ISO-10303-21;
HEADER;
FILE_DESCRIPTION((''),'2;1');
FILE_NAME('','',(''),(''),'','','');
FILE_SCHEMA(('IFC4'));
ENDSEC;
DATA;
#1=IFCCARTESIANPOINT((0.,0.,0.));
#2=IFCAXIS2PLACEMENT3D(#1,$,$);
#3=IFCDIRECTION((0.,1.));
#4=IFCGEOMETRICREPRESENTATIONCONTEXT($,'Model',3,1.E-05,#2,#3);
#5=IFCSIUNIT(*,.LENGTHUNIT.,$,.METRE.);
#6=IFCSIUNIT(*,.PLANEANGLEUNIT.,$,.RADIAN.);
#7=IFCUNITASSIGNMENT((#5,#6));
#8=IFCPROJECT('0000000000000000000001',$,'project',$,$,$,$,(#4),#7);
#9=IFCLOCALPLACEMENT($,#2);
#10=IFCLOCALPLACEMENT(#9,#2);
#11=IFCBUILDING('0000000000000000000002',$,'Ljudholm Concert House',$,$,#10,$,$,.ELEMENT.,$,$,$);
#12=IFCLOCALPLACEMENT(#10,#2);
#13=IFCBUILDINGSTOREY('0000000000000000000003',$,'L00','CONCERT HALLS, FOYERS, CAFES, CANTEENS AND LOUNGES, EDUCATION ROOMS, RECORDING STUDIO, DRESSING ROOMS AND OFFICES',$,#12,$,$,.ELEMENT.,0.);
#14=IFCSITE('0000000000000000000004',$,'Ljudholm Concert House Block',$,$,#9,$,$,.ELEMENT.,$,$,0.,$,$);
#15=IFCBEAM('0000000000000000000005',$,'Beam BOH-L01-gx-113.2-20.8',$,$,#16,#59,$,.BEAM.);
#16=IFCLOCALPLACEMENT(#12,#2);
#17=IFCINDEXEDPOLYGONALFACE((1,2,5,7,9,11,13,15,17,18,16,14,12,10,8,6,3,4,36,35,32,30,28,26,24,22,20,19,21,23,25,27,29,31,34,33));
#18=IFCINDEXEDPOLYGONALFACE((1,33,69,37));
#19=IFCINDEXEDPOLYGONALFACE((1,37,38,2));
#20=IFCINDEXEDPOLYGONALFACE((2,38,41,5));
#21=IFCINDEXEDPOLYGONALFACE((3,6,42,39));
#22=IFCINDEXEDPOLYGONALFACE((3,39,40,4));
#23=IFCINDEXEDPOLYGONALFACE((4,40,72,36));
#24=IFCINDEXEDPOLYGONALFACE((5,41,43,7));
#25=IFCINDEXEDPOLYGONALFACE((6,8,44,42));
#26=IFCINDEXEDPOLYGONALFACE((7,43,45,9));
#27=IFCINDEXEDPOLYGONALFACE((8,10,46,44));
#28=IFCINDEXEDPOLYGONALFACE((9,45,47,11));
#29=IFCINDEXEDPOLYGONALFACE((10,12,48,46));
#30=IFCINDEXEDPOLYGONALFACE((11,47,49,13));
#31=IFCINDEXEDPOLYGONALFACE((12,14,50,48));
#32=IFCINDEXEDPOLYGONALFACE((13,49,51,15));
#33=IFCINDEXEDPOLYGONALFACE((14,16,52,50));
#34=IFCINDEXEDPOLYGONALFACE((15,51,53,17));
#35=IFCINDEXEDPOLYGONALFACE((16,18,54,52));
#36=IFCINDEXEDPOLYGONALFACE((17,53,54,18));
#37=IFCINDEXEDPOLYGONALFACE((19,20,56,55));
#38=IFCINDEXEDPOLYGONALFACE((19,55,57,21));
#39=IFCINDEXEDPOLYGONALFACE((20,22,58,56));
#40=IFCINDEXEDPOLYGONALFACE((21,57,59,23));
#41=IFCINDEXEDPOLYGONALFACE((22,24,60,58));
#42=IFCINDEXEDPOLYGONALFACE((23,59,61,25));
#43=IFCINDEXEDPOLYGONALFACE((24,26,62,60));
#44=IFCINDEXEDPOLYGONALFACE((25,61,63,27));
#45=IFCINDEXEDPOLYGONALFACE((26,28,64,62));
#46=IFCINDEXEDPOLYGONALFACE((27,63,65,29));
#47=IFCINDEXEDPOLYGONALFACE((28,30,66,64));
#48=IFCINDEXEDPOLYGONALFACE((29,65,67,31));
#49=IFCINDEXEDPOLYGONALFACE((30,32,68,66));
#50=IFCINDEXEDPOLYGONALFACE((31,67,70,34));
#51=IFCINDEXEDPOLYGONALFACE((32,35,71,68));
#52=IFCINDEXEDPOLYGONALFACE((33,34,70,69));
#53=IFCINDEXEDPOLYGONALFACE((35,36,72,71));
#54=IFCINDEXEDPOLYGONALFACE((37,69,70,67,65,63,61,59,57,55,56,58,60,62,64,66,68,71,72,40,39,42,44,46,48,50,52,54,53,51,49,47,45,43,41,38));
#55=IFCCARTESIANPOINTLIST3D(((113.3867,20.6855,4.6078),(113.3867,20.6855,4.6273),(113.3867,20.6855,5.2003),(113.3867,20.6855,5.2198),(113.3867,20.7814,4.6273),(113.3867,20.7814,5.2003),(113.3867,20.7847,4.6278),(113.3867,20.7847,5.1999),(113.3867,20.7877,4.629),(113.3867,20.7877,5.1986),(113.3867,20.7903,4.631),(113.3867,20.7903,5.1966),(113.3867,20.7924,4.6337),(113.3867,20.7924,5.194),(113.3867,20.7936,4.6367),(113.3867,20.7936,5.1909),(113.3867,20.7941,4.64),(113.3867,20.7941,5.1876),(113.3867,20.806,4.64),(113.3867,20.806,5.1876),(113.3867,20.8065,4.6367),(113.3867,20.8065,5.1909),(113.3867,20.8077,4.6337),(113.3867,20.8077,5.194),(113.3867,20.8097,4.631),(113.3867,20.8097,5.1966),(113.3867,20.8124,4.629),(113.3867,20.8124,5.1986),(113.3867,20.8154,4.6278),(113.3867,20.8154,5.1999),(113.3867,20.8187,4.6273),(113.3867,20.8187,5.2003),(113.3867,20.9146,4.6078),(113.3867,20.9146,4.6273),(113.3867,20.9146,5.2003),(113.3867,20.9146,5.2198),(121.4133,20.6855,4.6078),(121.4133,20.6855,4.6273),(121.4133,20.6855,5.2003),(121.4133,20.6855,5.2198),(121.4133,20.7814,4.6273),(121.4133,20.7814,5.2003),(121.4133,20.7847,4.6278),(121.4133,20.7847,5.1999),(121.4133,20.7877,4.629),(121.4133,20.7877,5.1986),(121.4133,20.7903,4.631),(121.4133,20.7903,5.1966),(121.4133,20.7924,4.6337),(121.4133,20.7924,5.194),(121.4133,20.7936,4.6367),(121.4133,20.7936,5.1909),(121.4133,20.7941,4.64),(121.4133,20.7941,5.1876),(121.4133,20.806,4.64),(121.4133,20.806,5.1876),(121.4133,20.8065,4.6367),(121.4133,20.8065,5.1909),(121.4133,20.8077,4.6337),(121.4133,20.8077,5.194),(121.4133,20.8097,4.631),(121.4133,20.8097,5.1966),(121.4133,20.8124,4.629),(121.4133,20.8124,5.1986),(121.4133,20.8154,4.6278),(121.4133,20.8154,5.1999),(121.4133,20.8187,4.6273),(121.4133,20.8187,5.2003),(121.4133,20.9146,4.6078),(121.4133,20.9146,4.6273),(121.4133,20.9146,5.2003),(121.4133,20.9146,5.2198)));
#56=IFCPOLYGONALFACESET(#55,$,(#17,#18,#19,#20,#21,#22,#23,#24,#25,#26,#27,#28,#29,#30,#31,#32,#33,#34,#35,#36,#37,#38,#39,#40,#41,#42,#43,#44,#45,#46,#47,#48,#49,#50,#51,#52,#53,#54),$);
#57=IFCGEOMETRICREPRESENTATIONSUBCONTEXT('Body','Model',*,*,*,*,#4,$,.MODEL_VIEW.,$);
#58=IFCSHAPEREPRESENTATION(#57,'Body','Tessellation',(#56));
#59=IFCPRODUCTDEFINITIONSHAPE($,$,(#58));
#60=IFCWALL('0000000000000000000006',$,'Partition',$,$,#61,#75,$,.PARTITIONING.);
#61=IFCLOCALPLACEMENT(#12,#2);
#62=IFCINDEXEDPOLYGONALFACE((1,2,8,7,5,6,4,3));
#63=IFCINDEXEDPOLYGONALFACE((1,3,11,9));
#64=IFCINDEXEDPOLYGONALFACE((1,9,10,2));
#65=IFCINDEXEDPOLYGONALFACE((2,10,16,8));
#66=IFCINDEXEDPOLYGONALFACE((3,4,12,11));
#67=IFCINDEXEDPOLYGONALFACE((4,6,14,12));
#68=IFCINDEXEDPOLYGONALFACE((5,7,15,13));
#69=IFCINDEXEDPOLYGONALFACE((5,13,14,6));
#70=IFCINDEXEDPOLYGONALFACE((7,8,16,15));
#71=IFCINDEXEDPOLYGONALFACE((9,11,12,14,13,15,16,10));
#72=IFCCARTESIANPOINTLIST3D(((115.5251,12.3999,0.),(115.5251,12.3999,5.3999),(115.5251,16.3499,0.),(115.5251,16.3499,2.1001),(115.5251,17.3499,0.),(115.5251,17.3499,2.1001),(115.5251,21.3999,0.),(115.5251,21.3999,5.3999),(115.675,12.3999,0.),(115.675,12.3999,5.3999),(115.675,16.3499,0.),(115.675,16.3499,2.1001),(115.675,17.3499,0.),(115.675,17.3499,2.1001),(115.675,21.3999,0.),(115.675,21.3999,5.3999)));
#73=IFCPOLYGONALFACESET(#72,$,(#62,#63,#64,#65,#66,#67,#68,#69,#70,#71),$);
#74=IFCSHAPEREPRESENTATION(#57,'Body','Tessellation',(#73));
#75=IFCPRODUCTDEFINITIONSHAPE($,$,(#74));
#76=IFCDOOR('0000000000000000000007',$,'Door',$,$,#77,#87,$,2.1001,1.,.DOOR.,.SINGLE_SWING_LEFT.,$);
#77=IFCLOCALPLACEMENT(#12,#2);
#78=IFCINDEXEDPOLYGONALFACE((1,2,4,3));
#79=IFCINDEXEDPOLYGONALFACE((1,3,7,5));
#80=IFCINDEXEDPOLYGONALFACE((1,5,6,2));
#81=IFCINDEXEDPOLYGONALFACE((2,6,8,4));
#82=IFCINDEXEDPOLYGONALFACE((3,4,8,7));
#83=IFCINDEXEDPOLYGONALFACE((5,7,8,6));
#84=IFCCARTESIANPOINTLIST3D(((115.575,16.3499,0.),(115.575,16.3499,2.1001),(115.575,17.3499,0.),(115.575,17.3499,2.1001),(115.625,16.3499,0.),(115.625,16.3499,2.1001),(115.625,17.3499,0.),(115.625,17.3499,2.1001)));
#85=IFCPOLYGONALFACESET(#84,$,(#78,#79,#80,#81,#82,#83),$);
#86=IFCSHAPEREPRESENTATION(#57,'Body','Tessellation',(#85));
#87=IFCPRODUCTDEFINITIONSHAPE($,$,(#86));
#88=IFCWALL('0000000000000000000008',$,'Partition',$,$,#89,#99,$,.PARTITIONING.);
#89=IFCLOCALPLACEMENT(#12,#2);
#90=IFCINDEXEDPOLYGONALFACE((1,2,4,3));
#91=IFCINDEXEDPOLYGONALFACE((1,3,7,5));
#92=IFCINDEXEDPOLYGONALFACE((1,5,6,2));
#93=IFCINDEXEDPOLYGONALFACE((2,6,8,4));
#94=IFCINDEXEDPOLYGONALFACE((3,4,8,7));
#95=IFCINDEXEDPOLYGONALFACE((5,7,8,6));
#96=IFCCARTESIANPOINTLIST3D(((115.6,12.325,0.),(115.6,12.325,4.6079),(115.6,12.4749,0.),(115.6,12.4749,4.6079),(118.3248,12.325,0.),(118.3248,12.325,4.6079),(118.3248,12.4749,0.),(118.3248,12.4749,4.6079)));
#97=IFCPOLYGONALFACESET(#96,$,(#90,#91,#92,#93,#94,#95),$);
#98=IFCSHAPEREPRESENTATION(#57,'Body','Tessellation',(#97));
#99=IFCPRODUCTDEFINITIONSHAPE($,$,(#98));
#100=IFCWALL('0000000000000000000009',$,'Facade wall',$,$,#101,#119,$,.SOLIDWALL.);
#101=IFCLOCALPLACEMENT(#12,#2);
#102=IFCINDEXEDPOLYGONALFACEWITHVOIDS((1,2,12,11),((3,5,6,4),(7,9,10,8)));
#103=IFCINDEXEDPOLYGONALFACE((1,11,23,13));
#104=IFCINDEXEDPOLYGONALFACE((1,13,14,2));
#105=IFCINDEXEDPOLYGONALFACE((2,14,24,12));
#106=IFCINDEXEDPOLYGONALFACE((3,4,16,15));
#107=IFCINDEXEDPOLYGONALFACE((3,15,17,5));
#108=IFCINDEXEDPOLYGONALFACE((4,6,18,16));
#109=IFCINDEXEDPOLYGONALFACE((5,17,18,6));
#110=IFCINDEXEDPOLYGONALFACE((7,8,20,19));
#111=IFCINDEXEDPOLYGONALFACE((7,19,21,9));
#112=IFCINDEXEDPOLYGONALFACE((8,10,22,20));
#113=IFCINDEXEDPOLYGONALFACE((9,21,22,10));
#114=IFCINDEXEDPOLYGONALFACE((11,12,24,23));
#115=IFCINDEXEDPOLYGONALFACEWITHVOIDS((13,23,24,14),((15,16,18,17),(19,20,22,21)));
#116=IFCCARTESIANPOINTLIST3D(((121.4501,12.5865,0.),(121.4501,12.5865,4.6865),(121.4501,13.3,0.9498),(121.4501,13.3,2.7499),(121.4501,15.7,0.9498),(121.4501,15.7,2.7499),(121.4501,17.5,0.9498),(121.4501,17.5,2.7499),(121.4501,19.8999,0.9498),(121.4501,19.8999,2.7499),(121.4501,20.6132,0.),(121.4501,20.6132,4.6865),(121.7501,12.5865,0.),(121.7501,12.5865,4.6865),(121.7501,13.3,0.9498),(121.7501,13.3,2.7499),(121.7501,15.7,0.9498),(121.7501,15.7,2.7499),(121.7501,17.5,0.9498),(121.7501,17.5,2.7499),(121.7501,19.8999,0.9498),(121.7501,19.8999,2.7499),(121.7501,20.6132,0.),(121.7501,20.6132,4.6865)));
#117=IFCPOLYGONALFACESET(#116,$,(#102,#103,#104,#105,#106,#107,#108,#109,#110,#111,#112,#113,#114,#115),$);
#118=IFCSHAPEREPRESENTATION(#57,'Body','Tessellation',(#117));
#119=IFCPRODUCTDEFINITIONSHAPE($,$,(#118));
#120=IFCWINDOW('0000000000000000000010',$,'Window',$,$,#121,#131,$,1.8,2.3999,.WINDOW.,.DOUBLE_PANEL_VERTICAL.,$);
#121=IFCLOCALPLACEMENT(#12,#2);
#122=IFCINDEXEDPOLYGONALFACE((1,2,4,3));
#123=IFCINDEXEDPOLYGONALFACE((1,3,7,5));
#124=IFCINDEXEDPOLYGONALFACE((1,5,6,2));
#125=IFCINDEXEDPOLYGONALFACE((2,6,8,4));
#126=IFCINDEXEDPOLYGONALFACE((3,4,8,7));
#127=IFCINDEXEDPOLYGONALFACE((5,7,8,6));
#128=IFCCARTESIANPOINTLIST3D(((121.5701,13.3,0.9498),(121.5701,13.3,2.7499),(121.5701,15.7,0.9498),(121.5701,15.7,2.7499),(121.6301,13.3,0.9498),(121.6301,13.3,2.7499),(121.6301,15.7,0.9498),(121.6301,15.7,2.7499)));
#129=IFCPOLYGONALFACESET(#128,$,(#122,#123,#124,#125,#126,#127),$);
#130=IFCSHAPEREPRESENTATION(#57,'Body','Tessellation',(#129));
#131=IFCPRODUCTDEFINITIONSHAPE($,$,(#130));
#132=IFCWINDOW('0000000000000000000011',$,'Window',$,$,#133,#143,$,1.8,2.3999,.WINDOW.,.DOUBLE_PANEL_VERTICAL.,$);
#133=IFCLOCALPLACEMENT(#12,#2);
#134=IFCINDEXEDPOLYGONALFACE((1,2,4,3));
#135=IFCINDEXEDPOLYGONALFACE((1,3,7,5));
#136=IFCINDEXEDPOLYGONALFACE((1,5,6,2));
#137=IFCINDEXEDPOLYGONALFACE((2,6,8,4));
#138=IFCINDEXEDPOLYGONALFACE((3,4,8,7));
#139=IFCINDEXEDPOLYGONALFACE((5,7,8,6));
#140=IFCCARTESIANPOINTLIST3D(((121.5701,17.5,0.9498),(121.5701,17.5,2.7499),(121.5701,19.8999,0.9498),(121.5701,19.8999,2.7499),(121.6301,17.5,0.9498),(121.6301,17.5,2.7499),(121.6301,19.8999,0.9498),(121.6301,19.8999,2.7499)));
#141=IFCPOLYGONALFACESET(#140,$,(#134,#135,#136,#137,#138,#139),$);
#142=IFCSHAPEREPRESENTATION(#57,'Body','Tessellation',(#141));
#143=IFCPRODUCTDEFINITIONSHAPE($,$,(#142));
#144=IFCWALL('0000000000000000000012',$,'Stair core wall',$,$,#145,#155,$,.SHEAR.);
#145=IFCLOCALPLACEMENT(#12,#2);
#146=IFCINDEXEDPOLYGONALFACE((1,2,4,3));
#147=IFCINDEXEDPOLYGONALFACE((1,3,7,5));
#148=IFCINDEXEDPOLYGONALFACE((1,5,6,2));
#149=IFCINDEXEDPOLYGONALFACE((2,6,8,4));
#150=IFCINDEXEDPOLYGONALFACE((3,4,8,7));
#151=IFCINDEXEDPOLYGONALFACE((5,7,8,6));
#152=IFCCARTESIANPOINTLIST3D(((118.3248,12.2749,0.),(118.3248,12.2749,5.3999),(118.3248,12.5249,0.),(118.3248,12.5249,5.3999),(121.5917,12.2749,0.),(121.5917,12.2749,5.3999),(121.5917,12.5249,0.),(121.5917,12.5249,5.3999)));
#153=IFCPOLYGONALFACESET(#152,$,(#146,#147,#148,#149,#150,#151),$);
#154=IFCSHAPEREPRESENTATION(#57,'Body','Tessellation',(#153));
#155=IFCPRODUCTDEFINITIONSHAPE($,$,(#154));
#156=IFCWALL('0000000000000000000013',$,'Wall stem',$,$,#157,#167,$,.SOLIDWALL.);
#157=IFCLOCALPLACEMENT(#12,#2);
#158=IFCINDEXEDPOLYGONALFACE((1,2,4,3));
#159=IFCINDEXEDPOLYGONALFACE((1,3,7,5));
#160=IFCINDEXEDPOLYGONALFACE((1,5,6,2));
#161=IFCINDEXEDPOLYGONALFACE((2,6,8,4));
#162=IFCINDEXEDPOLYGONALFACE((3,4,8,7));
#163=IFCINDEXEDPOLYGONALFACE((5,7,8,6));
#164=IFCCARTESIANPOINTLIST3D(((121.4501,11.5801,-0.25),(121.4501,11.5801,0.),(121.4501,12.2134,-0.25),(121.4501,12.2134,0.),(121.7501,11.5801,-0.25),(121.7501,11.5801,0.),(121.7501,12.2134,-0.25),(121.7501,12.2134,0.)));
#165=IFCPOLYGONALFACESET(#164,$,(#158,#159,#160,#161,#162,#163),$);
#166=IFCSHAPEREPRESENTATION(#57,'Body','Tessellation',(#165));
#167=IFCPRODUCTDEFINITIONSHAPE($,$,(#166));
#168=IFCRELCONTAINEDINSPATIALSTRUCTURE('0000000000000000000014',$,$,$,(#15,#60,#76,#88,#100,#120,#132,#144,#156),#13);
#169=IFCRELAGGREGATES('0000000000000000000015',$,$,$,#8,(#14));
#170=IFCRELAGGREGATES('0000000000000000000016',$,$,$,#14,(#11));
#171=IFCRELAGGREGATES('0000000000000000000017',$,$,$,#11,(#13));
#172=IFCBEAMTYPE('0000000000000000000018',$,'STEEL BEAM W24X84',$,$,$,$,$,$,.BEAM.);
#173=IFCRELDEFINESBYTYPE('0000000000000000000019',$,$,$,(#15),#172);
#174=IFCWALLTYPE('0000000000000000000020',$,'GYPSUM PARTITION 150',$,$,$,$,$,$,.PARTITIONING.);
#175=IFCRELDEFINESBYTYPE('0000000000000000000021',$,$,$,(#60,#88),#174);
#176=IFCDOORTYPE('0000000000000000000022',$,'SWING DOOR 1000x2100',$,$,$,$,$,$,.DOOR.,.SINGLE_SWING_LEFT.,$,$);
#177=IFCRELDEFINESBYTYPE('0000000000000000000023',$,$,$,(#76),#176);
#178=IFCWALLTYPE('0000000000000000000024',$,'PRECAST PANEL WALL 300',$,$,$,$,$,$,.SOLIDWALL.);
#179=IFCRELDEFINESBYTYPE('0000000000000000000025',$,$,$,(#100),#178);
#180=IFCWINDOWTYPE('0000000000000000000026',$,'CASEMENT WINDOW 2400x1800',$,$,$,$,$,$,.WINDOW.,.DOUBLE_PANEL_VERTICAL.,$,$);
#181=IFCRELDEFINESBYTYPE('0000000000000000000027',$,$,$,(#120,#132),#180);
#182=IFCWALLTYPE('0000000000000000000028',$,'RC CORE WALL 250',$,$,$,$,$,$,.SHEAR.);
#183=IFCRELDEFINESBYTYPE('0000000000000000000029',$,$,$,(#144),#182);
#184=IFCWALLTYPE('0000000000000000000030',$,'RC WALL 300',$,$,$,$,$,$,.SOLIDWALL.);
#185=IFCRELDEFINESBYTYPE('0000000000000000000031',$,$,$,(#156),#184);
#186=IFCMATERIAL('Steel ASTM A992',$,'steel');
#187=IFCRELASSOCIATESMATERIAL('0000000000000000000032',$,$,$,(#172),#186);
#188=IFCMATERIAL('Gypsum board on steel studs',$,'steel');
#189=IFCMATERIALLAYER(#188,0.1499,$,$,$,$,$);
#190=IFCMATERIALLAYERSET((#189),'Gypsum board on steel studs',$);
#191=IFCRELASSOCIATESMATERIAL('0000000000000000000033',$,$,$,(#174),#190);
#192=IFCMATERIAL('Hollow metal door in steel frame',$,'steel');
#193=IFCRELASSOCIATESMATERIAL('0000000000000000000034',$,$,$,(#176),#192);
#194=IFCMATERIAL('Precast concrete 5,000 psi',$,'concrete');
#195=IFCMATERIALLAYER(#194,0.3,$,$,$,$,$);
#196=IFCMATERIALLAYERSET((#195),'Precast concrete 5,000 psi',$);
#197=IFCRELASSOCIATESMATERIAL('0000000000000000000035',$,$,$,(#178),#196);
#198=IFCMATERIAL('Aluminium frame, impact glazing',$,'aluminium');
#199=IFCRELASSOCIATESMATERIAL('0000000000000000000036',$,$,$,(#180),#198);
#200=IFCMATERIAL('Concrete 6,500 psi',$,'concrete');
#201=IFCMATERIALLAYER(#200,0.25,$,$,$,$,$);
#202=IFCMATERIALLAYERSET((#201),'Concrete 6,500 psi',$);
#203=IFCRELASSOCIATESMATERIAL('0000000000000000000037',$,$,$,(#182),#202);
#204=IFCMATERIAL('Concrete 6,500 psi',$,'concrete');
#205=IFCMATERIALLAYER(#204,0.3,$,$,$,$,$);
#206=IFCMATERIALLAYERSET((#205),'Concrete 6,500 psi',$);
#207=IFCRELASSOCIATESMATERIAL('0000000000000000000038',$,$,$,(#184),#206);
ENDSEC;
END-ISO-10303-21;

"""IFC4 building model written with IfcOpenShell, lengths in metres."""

from ifc_helpers import new_model, si_unit, direction, frame, frame_2d, origin, origin_2d, place, context, subcontext, project, spatial, rectangle, i_section, extrude, material, layer, layer_set, material_profile, profile_set, type_object, element, fill, save


model = new_model("IFC4")

# Units and contexts
model_context = context("Model", 3, precision=1e-05, world=origin(), true_north=direction((0.0, 1.0)))
body_context = subcontext(model_context, "Body", "Model", "MODEL_VIEW")
ifc_project = project(units=[si_unit("LENGTHUNIT", "METRE"), si_unit("PLANEANGLEUNIT", "RADIAN")], contexts=[model_context])

# Site, building, storey
site_placement = place(None, origin())
site = spatial("IfcSite", under=ifc_project, at=site_placement, Name="Ljudholm Concert House Block", CompositionType="ELEMENT", RefElevation=0.0)
building_placement = place(site_placement, origin())
building = spatial("IfcBuilding", under=site, at=building_placement, Name="Ljudholm Concert House", CompositionType="ELEMENT")
storey_placement = place(building_placement, origin())
storey = spatial("IfcBuildingStorey", under=building, at=storey_placement, Name="L00", Description="CONCERT HALLS, FOYERS, CAFES, CANTEENS AND LOUNGES, EDUCATION ROOMS, RECORDING STUDIO, DRESSING ROOMS AND OFFICES", CompositionType="ELEMENT", Elevation=0.0)

# Beam
ifc_material_1 = material(Name="Steel ASTM A992", Category="steel")
ifc_material_profile_1 = material_profile(ifc_material_1, i_section(OverallWidth=0.229, OverallDepth=0.6121, WebThickness=0.012, FlangeThickness=0.0195, FilletRadius=0.0127, at=origin_2d()), Name="W24X84")
ifc_profile_set_1 = profile_set([ifc_material_profile_1], Name="Steel ASTM A992")
beam_type_1 = type_object("IfcBeamType", Name="STEEL BEAM W24X84", PredefinedType="BEAM", material=ifc_profile_set_1)
for number, where, z_axis, x_axis, name in (
    (1, (113.3867, 20.8, 4.9138), (1.0, 0.0, 0.0), (0.0, 1.0, 0.0), "Beam BOH-L01-gx-113.2-20.8"),
):
    element("IfcBeam", number, at=place(storey_placement, frame(where, z_axis=z_axis, x_axis=x_axis)), inside=storey, type_object=beam_type_1, Name=name, PredefinedType="BEAM", context=body_context, shape_type="SweptSolid", body=[
        extrude(i_section(OverallWidth=0.229, OverallDepth=0.6121, WebThickness=0.012, FlangeThickness=0.0195, FilletRadius=0.0127, at=origin_2d()), origin(), (0.0, 0.0, 1.0), 8.0266),
    ])

# Wall, opening, door
ifc_material_2 = material(Name="Gypsum board on steel studs", Category="steel")
ifc_layer_1 = layer(ifc_material_2, 0.1499)
ifc_layer_set_1 = layer_set([ifc_layer_1], Name="Gypsum board on steel studs")
wall_type_1 = type_object("IfcWallType", Name="GYPSUM PARTITION 150", PredefinedType="PARTITIONING", material=ifc_layer_set_1)
wall_1_placement = place(storey_placement, frame((115.6001, 12.3999, 0.0), z_axis=(0.0, 0.0, 1.0), x_axis=(0.0, 1.0, 0.0)))
wall_1 = element("IfcWall", 2, at=wall_1_placement, inside=storey, type_object=wall_type_1, Name="Partition", PredefinedType="PARTITIONING", context=body_context, shape_type="SweptSolid", body=[
    extrude(rectangle(XDim=9.0, YDim=0.1499, at=frame_2d((4.5, 0.0))), origin(), (0.0, 0.0, 1.0), 5.3999),
])
opening_1_placement = place(wall_1_placement, frame((3.95, 0.0, 0.0)))
opening_1 = element("IfcOpeningElement", 3, at=opening_1_placement, cuts=wall_1, PredefinedType="OPENING", context=body_context, shape_type="SweptSolid", body=[
    extrude(rectangle(XDim=1.0, YDim=2.1001, at=frame_2d((0.5, 1.05))), frame((0.0, 0.085, 0.0), z_axis=(0.0, -1.0, 0.0), x_axis=(1.0, 0.0, 0.0)), (0.0, 0.0, 1.0), 0.1699),
])
ifc_material_3 = material(Name="Hollow metal door in steel frame", Category="steel")
door_type = type_object("IfcDoorType", Name="SWING DOOR 1000x2100", OperationType="SINGLE_SWING_LEFT", PredefinedType="DOOR", material=ifc_material_3)
door_placement = place(opening_1_placement, frame((1.0, 0.0, 0.0), z_axis=(0.0, 0.0, 1.0), x_axis=(-1.0, 0.0, 0.0)))
door = element("IfcDoor", 4, at=door_placement, inside=storey, type_object=door_type, Name="Door", OperationType="SINGLE_SWING_LEFT", OverallHeight=2.1001, OverallWidth=1.0, PredefinedType="DOOR", context=body_context, shape_type="SweptSolid", body=[
    extrude(rectangle(XDim=1.0, YDim=2.1001, at=frame_2d((0.5, 1.05))), frame((0.0, 0.0249, 0.0), z_axis=(0.0, -1.0, 0.0), x_axis=(1.0, 0.0, 0.0)), (0.0, 0.0, 1.0), 0.05),
])
fill(opening_1, door)

# Wall
wall_2_placement = place(storey_placement, frame((115.6001, 12.3999, 0.0), z_axis=(0.0, 0.0, 1.0), x_axis=(1.0, 0.0, 0.0)))
element("IfcWall", 5, at=wall_2_placement, inside=storey, type_object=wall_type_1, Name="Partition", PredefinedType="PARTITIONING", context=body_context, shape_type="SweptSolid", body=[
    extrude(rectangle(XDim=2.7249, YDim=0.1499, at=frame_2d((1.3623, 0.0))), origin(), (0.0, 0.0, 1.0), 4.6079),
])

# Wall, openings, windows
ifc_material_4 = material(Name="Precast concrete 5,000 psi", Category="concrete")
ifc_layer_2 = layer(ifc_material_4, 0.3)
ifc_layer_set_2 = layer_set([ifc_layer_2], Name="Precast concrete 5,000 psi")
wall_type_2 = type_object("IfcWallType", Name="PRECAST PANEL WALL 300", PredefinedType="SOLIDWALL", material=ifc_layer_set_2)
wall_3_placement = place(storey_placement, frame((121.6001, 12.5867, 0.0), z_axis=(0.0, 0.0, 1.0), x_axis=(0.0, 1.0, 0.0)))
wall_3 = element("IfcWall", 6, at=wall_3_placement, inside=storey, type_object=wall_type_2, Name="Facade wall", PredefinedType="SOLIDWALL", context=body_context, shape_type="SweptSolid", body=[
    extrude(rectangle(XDim=8.0266, YDim=0.3, at=frame_2d((4.0132, 0.0))), origin(), (0.0, 0.0, 1.0), 4.6865),
])
opening_2_placement = place(wall_3_placement, frame((0.7134, 0.0, 0.95)))
opening_2 = element("IfcOpeningElement", 7, at=opening_2_placement, cuts=wall_3, PredefinedType="OPENING", context=body_context, shape_type="SweptSolid", body=[
    extrude(rectangle(XDim=2.3999, YDim=1.8, at=frame_2d((1.2, 0.8999))), frame((0.0, 0.1599, 0.0), z_axis=(0.0, -1.0, 0.0), x_axis=(1.0, 0.0, 0.0)), (0.0, 0.0, 1.0), 0.3201),
])
opening_3_placement = place(wall_3_placement, frame((4.9133, 0.0, 0.95)))
opening_3 = element("IfcOpeningElement", 8, at=opening_3_placement, cuts=wall_3, PredefinedType="OPENING", context=body_context, shape_type="SweptSolid", body=[
    extrude(rectangle(XDim=2.3999, YDim=1.8, at=frame_2d((1.2, 0.8999))), frame((0.0, 0.1599, 0.0), z_axis=(0.0, -1.0, 0.0), x_axis=(1.0, 0.0, 0.0)), (0.0, 0.0, 1.0), 0.3201),
])
ifc_material_5 = material(Name="Aluminium frame, impact glazing", Category="aluminium")
window_type = type_object("IfcWindowType", Name="CASEMENT WINDOW 2400x1800", PartitioningType="DOUBLE_PANEL_VERTICAL", PredefinedType="WINDOW", material=ifc_material_5)
window_1_placement = place(opening_2_placement, origin())
window_1 = element("IfcWindow", 9, at=window_1_placement, inside=storey, type_object=window_type, Name="Window", OverallHeight=1.8, OverallWidth=2.3999, PartitioningType="DOUBLE_PANEL_VERTICAL", PredefinedType="WINDOW", context=body_context, shape_type="SweptSolid", body=[
    extrude(rectangle(XDim=2.3999, YDim=1.8, at=frame_2d((1.2, 0.8999))), frame((0.0, 0.03, 0.0), z_axis=(0.0, -1.0, 0.0), x_axis=(1.0, 0.0, 0.0)), (0.0, 0.0, 1.0), 0.0601),
])
fill(opening_2, window_1)
window_2_placement = place(opening_3_placement, origin())
window_2 = element("IfcWindow", 10, at=window_2_placement, inside=storey, type_object=window_type, Name="Window", OverallHeight=1.8, OverallWidth=2.3999, PartitioningType="DOUBLE_PANEL_VERTICAL", PredefinedType="WINDOW", context=body_context, shape_type="SweptSolid", body=[
    extrude(rectangle(XDim=2.3999, YDim=1.8, at=frame_2d((1.2, 0.8999))), frame((0.0, 0.03, 0.0), z_axis=(0.0, -1.0, 0.0), x_axis=(1.0, 0.0, 0.0)), (0.0, 0.0, 1.0), 0.0601),
])
fill(opening_3, window_2)

# Walls
ifc_material_6 = material(Name="Concrete 6,500 psi", Category="concrete")
ifc_layer_3 = layer(ifc_material_6, 0.25)
ifc_layer_set_3 = layer_set([ifc_layer_3], Name="Concrete 6,500 psi")
wall_type_3 = type_object("IfcWallType", Name="RC CORE WALL 250", PredefinedType="SHEAR", material=ifc_layer_set_3)
wall_4_placement = place(storey_placement, frame((118.325, 12.3999, 0.0), z_axis=(0.0, 0.0, 1.0), x_axis=(1.0, 0.0, 0.0)))
element("IfcWall", 11, at=wall_4_placement, inside=storey, type_object=wall_type_3, Name="Stair core wall", PredefinedType="SHEAR", context=body_context, shape_type="SweptSolid", body=[
    extrude(rectangle(XDim=3.2668, YDim=0.25, at=frame_2d((1.6333, 0.0))), origin(), (0.0, 0.0, 1.0), 5.3999),
])
ifc_material_7 = material(Name="Concrete 6,500 psi", Category="concrete")
ifc_layer_4 = layer(ifc_material_7, 0.3)
ifc_layer_set_4 = layer_set([ifc_layer_4], Name="Concrete 6,500 psi")
wall_type_4 = type_object("IfcWallType", Name="RC WALL 300", PredefinedType="SOLIDWALL", material=ifc_layer_set_4)
wall_5_placement = place(storey_placement, frame((121.6001, 11.5801, -0.25), z_axis=(0.0, 0.0, 1.0), x_axis=(0.0, 1.0, 0.0)))
element("IfcWall", 12, at=wall_5_placement, inside=storey, type_object=wall_type_4, Name="Wall stem", PredefinedType="SOLIDWALL", context=body_context, shape_type="SweptSolid", body=[
    extrude(rectangle(XDim=0.6333, YDim=0.3, at=frame_2d((0.3167, 0.0))), origin(), (0.0, 0.0, 1.0), 0.25),
])

save(model, "model.ifc")
